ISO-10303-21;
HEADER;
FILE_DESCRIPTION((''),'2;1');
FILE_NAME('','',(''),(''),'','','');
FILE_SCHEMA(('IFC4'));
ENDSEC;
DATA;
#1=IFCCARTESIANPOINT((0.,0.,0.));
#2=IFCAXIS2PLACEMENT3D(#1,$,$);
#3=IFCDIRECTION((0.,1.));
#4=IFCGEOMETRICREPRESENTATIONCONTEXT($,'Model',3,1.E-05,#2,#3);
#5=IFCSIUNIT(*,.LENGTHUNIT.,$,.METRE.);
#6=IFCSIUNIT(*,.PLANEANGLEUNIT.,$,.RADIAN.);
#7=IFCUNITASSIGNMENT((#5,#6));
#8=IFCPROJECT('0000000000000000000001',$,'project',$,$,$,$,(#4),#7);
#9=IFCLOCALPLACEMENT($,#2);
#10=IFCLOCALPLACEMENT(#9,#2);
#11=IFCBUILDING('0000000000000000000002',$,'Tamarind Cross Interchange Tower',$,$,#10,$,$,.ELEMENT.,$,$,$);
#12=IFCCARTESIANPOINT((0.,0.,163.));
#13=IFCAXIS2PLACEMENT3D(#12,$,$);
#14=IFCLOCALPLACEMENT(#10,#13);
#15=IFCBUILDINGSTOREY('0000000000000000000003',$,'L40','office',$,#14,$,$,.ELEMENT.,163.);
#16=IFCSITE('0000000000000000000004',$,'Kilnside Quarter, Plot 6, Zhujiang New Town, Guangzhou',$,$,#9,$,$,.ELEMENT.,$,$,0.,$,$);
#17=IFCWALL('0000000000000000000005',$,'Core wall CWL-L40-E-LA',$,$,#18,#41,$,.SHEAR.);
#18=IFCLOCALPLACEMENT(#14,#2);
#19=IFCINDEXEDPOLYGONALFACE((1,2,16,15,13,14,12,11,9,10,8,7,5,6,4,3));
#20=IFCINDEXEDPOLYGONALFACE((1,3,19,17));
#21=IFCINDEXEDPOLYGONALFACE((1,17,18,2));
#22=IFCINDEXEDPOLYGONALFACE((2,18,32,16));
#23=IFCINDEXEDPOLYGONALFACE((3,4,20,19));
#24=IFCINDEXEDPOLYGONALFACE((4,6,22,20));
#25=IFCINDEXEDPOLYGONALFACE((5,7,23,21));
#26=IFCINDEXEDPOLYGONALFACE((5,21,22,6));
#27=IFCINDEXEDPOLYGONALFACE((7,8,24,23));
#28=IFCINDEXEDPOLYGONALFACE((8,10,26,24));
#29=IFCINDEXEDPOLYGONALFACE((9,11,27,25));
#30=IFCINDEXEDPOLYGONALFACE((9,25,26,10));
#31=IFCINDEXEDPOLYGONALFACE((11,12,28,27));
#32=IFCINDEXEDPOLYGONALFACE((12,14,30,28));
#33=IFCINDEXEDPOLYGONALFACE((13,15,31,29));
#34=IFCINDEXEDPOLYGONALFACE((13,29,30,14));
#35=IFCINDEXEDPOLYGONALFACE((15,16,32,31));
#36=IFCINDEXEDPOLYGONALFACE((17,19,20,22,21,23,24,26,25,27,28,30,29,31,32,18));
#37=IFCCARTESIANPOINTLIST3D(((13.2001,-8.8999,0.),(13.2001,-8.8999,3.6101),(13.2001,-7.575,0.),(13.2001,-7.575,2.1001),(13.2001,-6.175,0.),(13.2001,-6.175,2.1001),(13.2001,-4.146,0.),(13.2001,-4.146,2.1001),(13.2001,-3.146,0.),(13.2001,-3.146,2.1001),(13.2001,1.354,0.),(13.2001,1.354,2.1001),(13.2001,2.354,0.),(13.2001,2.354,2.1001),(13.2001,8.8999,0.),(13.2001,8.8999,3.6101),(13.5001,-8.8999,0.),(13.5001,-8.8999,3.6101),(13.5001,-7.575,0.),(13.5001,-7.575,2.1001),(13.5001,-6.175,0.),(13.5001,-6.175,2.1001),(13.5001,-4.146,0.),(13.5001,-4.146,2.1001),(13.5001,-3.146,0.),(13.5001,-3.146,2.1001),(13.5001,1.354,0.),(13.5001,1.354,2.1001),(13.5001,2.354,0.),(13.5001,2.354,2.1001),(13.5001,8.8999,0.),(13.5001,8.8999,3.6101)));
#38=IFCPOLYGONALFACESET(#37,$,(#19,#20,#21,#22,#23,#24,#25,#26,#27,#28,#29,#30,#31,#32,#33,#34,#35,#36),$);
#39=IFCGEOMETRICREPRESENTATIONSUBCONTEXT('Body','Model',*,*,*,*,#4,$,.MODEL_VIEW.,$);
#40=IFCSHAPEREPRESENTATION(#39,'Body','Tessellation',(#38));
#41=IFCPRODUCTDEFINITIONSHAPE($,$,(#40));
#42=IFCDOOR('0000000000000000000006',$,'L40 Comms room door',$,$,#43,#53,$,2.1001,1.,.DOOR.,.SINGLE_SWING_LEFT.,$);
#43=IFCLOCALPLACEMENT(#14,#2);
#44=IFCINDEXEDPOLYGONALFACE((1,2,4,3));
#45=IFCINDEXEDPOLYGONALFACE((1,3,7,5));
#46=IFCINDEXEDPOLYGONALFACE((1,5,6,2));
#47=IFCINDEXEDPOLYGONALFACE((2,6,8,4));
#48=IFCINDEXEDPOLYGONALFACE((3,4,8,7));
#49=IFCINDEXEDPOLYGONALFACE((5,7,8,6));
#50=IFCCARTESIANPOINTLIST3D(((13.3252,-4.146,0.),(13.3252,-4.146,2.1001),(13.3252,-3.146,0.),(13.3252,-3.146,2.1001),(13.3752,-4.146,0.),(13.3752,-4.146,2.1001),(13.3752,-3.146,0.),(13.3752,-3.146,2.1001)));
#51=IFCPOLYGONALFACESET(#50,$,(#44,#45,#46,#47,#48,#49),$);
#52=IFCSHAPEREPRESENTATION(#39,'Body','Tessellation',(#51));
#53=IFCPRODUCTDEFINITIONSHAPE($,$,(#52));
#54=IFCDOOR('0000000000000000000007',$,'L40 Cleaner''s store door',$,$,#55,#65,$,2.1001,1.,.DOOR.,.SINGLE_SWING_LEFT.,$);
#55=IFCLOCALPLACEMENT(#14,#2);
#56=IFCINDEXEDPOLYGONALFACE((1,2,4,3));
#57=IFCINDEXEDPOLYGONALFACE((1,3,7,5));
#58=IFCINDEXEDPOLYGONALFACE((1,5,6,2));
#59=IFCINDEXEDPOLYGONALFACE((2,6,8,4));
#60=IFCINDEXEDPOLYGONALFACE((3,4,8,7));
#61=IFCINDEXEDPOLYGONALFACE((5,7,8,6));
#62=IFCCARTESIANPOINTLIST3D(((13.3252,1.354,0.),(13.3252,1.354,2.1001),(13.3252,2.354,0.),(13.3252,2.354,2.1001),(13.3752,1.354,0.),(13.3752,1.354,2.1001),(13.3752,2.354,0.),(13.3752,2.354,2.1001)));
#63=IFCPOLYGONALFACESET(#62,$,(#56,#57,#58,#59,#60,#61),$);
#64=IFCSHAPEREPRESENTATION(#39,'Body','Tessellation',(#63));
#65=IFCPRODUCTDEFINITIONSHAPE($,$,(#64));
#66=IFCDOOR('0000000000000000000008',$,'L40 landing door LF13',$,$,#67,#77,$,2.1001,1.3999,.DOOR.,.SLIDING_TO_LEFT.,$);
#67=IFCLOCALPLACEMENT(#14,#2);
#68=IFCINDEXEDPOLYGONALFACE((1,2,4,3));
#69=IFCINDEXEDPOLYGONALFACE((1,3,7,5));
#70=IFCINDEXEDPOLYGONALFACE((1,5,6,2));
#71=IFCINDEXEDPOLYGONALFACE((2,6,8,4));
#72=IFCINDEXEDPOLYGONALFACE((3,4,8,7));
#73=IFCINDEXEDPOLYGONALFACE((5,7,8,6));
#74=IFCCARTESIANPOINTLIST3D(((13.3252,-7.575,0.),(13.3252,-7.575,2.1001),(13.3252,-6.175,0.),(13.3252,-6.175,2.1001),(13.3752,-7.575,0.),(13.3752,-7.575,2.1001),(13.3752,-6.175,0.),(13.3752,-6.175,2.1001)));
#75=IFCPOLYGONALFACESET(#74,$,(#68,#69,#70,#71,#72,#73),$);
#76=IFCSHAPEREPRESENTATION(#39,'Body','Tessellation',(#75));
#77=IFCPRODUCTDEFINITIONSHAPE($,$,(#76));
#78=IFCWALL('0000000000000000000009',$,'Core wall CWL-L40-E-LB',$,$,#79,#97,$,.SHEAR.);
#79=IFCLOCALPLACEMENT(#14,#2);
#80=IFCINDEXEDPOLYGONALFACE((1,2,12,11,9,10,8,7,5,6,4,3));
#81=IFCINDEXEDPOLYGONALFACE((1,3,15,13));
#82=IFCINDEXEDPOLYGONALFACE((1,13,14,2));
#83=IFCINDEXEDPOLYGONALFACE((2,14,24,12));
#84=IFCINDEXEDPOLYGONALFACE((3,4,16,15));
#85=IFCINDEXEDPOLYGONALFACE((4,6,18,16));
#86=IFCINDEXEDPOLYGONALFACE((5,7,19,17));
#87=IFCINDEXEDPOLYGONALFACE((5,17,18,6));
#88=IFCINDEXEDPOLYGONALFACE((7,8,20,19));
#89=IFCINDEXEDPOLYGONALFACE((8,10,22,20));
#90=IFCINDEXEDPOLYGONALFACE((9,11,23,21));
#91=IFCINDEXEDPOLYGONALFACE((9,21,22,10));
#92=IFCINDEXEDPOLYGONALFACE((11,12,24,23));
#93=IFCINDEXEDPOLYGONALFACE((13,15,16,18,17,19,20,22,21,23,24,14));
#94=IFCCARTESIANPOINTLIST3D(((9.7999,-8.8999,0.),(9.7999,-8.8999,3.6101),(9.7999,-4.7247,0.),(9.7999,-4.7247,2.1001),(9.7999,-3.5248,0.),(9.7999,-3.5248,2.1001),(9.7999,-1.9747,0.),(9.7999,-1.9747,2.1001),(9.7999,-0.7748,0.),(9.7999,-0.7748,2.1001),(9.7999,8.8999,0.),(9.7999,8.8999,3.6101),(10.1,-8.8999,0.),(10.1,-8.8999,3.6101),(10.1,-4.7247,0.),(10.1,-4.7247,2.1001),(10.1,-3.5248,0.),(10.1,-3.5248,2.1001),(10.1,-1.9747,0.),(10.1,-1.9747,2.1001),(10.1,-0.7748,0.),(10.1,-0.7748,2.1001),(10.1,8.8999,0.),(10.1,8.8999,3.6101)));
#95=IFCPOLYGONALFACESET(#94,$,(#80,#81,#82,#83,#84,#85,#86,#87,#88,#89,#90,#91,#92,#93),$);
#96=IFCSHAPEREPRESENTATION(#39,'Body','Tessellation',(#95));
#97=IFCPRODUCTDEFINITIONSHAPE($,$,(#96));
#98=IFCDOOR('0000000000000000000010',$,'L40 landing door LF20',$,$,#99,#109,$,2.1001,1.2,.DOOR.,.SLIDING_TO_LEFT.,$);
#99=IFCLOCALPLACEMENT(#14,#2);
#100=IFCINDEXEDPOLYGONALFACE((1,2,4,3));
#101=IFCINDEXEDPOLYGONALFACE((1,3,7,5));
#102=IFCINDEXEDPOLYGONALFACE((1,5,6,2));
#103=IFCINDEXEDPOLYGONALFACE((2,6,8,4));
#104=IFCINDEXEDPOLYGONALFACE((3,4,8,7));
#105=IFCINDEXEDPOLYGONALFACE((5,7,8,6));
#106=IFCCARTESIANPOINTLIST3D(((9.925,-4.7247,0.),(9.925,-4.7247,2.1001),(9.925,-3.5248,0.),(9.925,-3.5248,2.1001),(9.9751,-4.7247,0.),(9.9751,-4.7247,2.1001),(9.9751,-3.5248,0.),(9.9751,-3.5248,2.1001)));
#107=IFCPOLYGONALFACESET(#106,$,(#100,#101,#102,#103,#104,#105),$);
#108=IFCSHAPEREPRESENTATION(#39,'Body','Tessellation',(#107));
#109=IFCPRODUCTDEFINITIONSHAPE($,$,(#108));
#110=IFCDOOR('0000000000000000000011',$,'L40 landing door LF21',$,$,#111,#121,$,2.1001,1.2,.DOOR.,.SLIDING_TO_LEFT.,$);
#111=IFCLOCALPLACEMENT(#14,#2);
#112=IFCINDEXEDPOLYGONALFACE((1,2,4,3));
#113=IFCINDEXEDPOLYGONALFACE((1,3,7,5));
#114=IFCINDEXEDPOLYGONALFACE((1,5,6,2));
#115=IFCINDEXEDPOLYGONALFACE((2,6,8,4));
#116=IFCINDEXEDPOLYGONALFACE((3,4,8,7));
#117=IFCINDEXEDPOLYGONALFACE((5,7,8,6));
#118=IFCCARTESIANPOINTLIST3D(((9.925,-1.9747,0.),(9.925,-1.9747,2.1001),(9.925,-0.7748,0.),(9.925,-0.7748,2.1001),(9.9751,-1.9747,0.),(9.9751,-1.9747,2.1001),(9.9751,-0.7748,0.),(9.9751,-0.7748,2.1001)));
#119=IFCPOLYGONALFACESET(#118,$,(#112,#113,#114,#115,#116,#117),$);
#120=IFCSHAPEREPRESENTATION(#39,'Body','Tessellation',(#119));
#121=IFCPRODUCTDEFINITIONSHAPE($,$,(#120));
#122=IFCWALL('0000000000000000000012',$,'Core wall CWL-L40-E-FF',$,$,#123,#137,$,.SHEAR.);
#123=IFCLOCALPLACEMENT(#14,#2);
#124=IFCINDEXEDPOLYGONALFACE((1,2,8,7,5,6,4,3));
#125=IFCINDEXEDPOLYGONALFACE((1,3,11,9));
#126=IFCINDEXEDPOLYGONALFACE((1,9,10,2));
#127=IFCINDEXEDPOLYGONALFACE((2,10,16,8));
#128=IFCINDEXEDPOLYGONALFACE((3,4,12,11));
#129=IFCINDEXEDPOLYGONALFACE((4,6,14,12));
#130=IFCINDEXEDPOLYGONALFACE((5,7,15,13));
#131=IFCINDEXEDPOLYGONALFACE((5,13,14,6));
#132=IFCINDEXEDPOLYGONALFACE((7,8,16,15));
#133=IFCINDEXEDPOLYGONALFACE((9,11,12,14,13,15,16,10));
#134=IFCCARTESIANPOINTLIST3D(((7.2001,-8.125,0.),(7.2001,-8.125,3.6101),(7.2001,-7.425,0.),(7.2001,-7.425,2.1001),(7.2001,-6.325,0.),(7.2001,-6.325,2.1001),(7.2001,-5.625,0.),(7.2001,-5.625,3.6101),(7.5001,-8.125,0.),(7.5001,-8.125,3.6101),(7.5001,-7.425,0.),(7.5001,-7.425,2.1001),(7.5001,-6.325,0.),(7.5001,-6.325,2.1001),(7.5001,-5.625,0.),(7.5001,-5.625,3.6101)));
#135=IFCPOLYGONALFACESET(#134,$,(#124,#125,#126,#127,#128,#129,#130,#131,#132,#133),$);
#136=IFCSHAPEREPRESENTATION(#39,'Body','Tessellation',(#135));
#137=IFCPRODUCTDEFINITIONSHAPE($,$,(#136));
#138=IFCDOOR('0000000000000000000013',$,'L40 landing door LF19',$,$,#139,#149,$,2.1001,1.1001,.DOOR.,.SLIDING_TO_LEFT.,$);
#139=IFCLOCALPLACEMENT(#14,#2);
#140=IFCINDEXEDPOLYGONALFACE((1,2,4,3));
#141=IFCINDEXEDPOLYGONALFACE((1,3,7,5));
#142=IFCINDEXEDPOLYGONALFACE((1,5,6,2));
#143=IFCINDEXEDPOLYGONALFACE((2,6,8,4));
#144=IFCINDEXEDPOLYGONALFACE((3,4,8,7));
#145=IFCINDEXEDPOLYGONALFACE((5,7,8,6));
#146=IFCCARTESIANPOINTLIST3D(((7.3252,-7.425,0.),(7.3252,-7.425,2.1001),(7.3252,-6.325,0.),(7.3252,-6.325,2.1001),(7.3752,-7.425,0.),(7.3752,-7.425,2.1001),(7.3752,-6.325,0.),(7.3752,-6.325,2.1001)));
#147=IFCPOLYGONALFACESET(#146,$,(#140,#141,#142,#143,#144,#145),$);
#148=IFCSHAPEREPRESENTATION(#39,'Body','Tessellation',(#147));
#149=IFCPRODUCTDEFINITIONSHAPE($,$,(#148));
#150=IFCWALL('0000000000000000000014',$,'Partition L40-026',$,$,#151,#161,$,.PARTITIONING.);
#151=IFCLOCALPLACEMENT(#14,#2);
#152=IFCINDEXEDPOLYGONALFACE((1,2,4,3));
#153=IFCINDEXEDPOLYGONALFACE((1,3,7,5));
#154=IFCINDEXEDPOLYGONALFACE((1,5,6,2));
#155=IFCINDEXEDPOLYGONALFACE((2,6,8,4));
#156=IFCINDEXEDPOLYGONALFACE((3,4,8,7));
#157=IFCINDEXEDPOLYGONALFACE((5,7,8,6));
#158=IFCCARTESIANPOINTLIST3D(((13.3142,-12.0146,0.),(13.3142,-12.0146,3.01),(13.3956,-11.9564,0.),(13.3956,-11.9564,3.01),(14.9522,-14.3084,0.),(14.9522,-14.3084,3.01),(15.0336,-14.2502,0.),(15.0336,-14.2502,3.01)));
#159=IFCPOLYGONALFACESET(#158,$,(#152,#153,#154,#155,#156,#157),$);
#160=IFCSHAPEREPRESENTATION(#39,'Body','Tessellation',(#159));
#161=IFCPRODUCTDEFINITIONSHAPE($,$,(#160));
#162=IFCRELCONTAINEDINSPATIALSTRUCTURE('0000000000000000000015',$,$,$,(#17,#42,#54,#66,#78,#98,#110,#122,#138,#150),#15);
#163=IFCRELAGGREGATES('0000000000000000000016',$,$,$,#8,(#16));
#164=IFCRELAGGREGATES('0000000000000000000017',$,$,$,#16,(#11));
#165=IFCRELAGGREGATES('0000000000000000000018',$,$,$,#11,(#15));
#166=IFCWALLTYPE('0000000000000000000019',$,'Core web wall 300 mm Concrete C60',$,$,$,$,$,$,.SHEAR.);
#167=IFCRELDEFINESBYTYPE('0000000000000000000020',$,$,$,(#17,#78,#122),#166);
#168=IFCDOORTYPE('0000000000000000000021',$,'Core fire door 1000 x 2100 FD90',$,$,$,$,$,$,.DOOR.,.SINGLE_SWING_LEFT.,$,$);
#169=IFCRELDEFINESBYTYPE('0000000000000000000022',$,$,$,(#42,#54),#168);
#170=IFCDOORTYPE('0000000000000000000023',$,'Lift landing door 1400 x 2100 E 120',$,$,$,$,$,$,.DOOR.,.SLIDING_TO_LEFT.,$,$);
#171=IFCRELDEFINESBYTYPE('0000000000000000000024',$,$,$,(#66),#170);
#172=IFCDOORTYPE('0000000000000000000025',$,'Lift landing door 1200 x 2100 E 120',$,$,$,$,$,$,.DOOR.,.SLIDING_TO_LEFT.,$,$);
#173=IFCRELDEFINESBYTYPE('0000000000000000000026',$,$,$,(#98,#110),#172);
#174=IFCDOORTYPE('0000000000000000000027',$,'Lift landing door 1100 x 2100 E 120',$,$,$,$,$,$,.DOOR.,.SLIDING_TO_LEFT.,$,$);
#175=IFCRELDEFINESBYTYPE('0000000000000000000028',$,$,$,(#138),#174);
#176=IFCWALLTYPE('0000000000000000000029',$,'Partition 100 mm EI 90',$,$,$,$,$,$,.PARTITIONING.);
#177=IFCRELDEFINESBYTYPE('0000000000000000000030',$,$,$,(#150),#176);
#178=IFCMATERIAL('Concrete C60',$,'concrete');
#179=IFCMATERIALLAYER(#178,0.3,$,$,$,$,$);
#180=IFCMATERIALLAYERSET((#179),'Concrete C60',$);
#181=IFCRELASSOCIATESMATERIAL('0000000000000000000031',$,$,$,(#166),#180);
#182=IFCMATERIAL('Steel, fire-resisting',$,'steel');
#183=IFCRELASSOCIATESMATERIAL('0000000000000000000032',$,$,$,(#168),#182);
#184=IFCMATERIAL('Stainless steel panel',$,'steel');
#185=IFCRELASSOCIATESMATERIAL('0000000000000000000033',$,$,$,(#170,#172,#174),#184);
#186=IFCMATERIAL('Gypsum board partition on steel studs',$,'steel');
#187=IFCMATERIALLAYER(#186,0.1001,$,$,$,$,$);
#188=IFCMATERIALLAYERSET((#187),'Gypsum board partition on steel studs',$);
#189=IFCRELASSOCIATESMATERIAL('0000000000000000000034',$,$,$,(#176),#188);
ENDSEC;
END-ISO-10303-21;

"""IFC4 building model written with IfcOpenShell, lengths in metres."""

from ifc_helpers import new_model, si_unit, direction, frame, frame_2d, origin, place, context, subcontext, project, spatial, rectangle, extrude, material, layer, layer_set, type_object, element, fill, save


model = new_model("IFC4")

# Units and contexts
model_context = context("Model", 3, precision=1e-05, world=origin(), true_north=direction((0.0, 1.0)))
body_context = subcontext(model_context, "Body", "Model", "MODEL_VIEW")
ifc_project = project(units=[si_unit("LENGTHUNIT", "METRE"), si_unit("PLANEANGLEUNIT", "RADIAN")], contexts=[model_context])

# Site, building, storey
site_placement = place(None, origin())
site = spatial("IfcSite", under=ifc_project, at=site_placement, Name="Kilnside Quarter, Plot 6, Zhujiang New Town, Guangzhou", CompositionType="ELEMENT", RefElevation=0.0)
building_placement = place(site_placement, origin())
building = spatial("IfcBuilding", under=site, at=building_placement, Name="Tamarind Cross Interchange Tower", CompositionType="ELEMENT")
storey_placement = place(building_placement, frame((0.0, 0.0, 163.0)))
storey = spatial("IfcBuildingStorey", under=building, at=storey_placement, Name="L40", Description="office", CompositionType="ELEMENT", Elevation=163.0)

# Shared definitions
ifc_material_1 = material(Name="Concrete C60", Category="concrete")
ifc_material_2 = material(Name="Steel, fire-resisting", Category="steel")

# Shared definitions
ifc_layer_1 = layer(ifc_material_1, 0.3)
ifc_layer_set_1 = layer_set([ifc_layer_1], Name="Concrete C60")
wall_type_1 = type_object("IfcWallType", Name="Core web wall 300 mm Concrete C60", PredefinedType="SHEAR", material=ifc_layer_set_1)

# Walls, openings, doors
wall_1_placement = place(storey_placement, frame((13.3501, -8.8999, 0.0), z_axis=(0.0, 0.0, 1.0), x_axis=(0.0, 1.0, 0.0)))
wall_1 = element("IfcWall", 1, at=wall_1_placement, inside=storey, type_object=wall_type_1, Name="Core wall CWL-L40-E-LA", PredefinedType="SHEAR", context=body_context, shape_type="SweptSolid", body=[
    extrude(rectangle(XDim=17.7998, YDim=0.3, at=frame_2d((8.8999, 0.0))), origin(), (0.0, 0.0, 1.0), 3.6101),
])
opening_1_placement = place(wall_1_placement, frame((1.325, 0.0, 0.0)))
opening_1 = element("IfcOpeningElement", 2, at=opening_1_placement, cuts=wall_1, PredefinedType="OPENING", context=body_context, shape_type="SweptSolid", body=[
    extrude(rectangle(XDim=1.3999, YDim=2.1001, at=frame_2d((0.7, 1.05))), frame((0.0, 0.1599, 0.0), z_axis=(0.0, -1.0, 0.0), x_axis=(1.0, 0.0, 0.0)), (0.0, 0.0, 1.0), 0.3201),
])
opening_2_placement = place(wall_1_placement, frame((4.7539, 0.0, 0.0)))
opening_2 = element("IfcOpeningElement", 3, at=opening_2_placement, cuts=wall_1, PredefinedType="OPENING", context=body_context, shape_type="SweptSolid", body=[
    extrude(rectangle(XDim=1.0, YDim=2.1001, at=frame_2d((0.5, 1.05))), frame((0.0, 0.1599, 0.0), z_axis=(0.0, -1.0, 0.0), x_axis=(1.0, 0.0, 0.0)), (0.0, 0.0, 1.0), 0.3201),
])
opening_3_placement = place(wall_1_placement, frame((10.2539, 0.0, 0.0)))
opening_3 = element("IfcOpeningElement", 4, at=opening_3_placement, cuts=wall_1, PredefinedType="OPENING", context=body_context, shape_type="SweptSolid", body=[
    extrude(rectangle(XDim=1.0, YDim=2.1001, at=frame_2d((0.5, 1.05))), frame((0.0, 0.1599, 0.0), z_axis=(0.0, -1.0, 0.0), x_axis=(1.0, 0.0, 0.0)), (0.0, 0.0, 1.0), 0.3201),
])
door_type_1 = type_object("IfcDoorType", Name="Core fire door 1000 x 2100 FD90", OperationType="SINGLE_SWING_LEFT", PredefinedType="DOOR", material=ifc_material_2)
door_1_placement = place(opening_2_placement, origin())
door_1 = element("IfcDoor", 5, at=door_1_placement, inside=storey, type_object=door_type_1, Name="L40 Comms room door", OperationType="SINGLE_SWING_LEFT", OverallHeight=2.1001, OverallWidth=1.0, PredefinedType="DOOR", context=body_context, shape_type="SweptSolid", body=[
    extrude(rectangle(XDim=1.0, YDim=2.1001, at=frame_2d((0.5, 1.05))), frame((0.0, 0.0249, 0.0), z_axis=(0.0, -1.0, 0.0), x_axis=(1.0, 0.0, 0.0)), (0.0, 0.0, 1.0), 0.05),
])
fill(opening_2, door_1)
door_2_placement = place(opening_3_placement, origin())
door_2 = element("IfcDoor", 6, at=door_2_placement, inside=storey, type_object=door_type_1, Name="L40 Cleaner's store door", OperationType="SINGLE_SWING_LEFT", OverallHeight=2.1001, OverallWidth=1.0, PredefinedType="DOOR", context=body_context, shape_type="SweptSolid", body=[
    extrude(rectangle(XDim=1.0, YDim=2.1001, at=frame_2d((0.5, 1.05))), frame((0.0, 0.0249, 0.0), z_axis=(0.0, -1.0, 0.0), x_axis=(1.0, 0.0, 0.0)), (0.0, 0.0, 1.0), 0.05),
])
fill(opening_3, door_2)
ifc_material_3 = material(Name="Stainless steel panel", Category="steel")
door_type_2 = type_object("IfcDoorType", Name="Lift landing door 1400 x 2100 E 120", OperationType="SLIDING_TO_LEFT", PredefinedType="DOOR", material=ifc_material_3)
door_3_placement = place(opening_1_placement, origin())
door_3 = element("IfcDoor", 7, at=door_3_placement, inside=storey, type_object=door_type_2, Name="L40 landing door LF13", OperationType="SLIDING_TO_LEFT", OverallHeight=2.1001, OverallWidth=1.3999, PredefinedType="DOOR", context=body_context, shape_type="SweptSolid", body=[
    extrude(rectangle(XDim=1.3999, YDim=2.1001, at=frame_2d((0.7, 1.05))), frame((0.0, 0.0249, 0.0), z_axis=(0.0, -1.0, 0.0), x_axis=(1.0, 0.0, 0.0)), (0.0, 0.0, 1.0), 0.05),
])
fill(opening_1, door_3)
wall_2_placement = place(storey_placement, frame((9.95, -8.8999, 0.0), z_axis=(0.0, 0.0, 1.0), x_axis=(0.0, 1.0, 0.0)))
wall_2 = element("IfcWall", 8, at=wall_2_placement, inside=storey, type_object=wall_type_1, Name="Core wall CWL-L40-E-LB", PredefinedType="SHEAR", context=body_context, shape_type="SweptSolid", body=[
    extrude(rectangle(XDim=17.7998, YDim=0.3, at=frame_2d((8.8999, 0.0))), origin(), (0.0, 0.0, 1.0), 3.6101),
])
opening_4_placement = place(wall_2_placement, frame((4.175, 0.0, 0.0)))
opening_4 = element("IfcOpeningElement", 9, at=opening_4_placement, cuts=wall_2, PredefinedType="OPENING", context=body_context, shape_type="SweptSolid", body=[
    extrude(rectangle(XDim=1.2, YDim=2.1001, at=frame_2d((0.6001, 1.05))), frame((0.0, 0.1599, 0.0), z_axis=(0.0, -1.0, 0.0), x_axis=(1.0, 0.0, 0.0)), (0.0, 0.0, 1.0), 0.3201),
])
opening_5_placement = place(wall_2_placement, frame((6.925, 0.0, 0.0)))
opening_5 = element("IfcOpeningElement", 10, at=opening_5_placement, cuts=wall_2, PredefinedType="OPENING", context=body_context, shape_type="SweptSolid", body=[
    extrude(rectangle(XDim=1.2, YDim=2.1001, at=frame_2d((0.6001, 1.05))), frame((0.0, 0.1599, 0.0), z_axis=(0.0, -1.0, 0.0), x_axis=(1.0, 0.0, 0.0)), (0.0, 0.0, 1.0), 0.3201),
])
door_type_3 = type_object("IfcDoorType", Name="Lift landing door 1200 x 2100 E 120", OperationType="SLIDING_TO_LEFT", PredefinedType="DOOR", material=ifc_material_3)
door_4_placement = place(opening_4_placement, origin())
door_4 = element("IfcDoor", 11, at=door_4_placement, inside=storey, type_object=door_type_3, Name="L40 landing door LF20", OperationType="SLIDING_TO_LEFT", OverallHeight=2.1001, OverallWidth=1.2, PredefinedType="DOOR", context=body_context, shape_type="SweptSolid", body=[
    extrude(rectangle(XDim=1.2, YDim=2.1001, at=frame_2d((0.6001, 1.05))), frame((0.0, 0.0249, 0.0), z_axis=(0.0, -1.0, 0.0), x_axis=(1.0, 0.0, 0.0)), (0.0, 0.0, 1.0), 0.05),
])
fill(opening_4, door_4)
door_5_placement = place(opening_5_placement, origin())
door_5 = element("IfcDoor", 12, at=door_5_placement, inside=storey, type_object=door_type_3, Name="L40 landing door LF21", OperationType="SLIDING_TO_LEFT", OverallHeight=2.1001, OverallWidth=1.2, PredefinedType="DOOR", context=body_context, shape_type="SweptSolid", body=[
    extrude(rectangle(XDim=1.2, YDim=2.1001, at=frame_2d((0.6001, 1.05))), frame((0.0, 0.0249, 0.0), z_axis=(0.0, -1.0, 0.0), x_axis=(1.0, 0.0, 0.0)), (0.0, 0.0, 1.0), 0.05),
])
fill(opening_5, door_5)

# Wall, opening, door
wall_3_placement = place(storey_placement, frame((7.3501, -8.125, 0.0), z_axis=(0.0, 0.0, 1.0), x_axis=(0.0, 1.0, 0.0)))
wall_3 = element("IfcWall", 13, at=wall_3_placement, inside=storey, type_object=wall_type_1, Name="Core wall CWL-L40-E-FF", PredefinedType="SHEAR", context=body_context, shape_type="SweptSolid", body=[
    extrude(rectangle(XDim=2.5, YDim=0.3, at=frame_2d((1.25, 0.0))), origin(), (0.0, 0.0, 1.0), 3.6101),
])
opening_6_placement = place(wall_3_placement, frame((0.7, 0.0, 0.0)))
opening_6 = element("IfcOpeningElement", 14, at=opening_6_placement, cuts=wall_3, PredefinedType="OPENING", context=body_context, shape_type="SweptSolid", body=[
    extrude(rectangle(XDim=1.1001, YDim=2.1001, at=frame_2d((0.55, 1.05))), frame((0.0, 0.1599, 0.0), z_axis=(0.0, -1.0, 0.0), x_axis=(1.0, 0.0, 0.0)), (0.0, 0.0, 1.0), 0.3201),
])
door_type_4 = type_object("IfcDoorType", Name="Lift landing door 1100 x 2100 E 120", OperationType="SLIDING_TO_LEFT", PredefinedType="DOOR", material=ifc_material_3)
door_6_placement = place(opening_6_placement, origin())
door_6 = element("IfcDoor", 15, at=door_6_placement, inside=storey, type_object=door_type_4, Name="L40 landing door LF19", OperationType="SLIDING_TO_LEFT", OverallHeight=2.1001, OverallWidth=1.1001, PredefinedType="DOOR", context=body_context, shape_type="SweptSolid", body=[
    extrude(rectangle(XDim=1.1001, YDim=2.1001, at=frame_2d((0.55, 1.05))), frame((0.0, 0.0249, 0.0), z_axis=(0.0, -1.0, 0.0), x_axis=(1.0, 0.0, 0.0)), (0.0, 0.0, 1.0), 0.05),
])
fill(opening_6, door_6)

# Wall
ifc_material_4 = material(Name="Gypsum board partition on steel studs", Category="steel")
ifc_layer_2 = layer(ifc_material_4, 0.1001)
ifc_layer_set_2 = layer_set([ifc_layer_2], Name="Gypsum board partition on steel studs")
wall_type_2 = type_object("IfcWallType", Name="Partition 100 mm EI 90", PredefinedType="PARTITIONING", material=ifc_layer_set_2)
wall_4_placement = place(storey_placement, frame((13.355, -11.9856, 0.0), z_axis=(0.0, 0.0, 1.0), x_axis=(0.58114, -0.813804, 0.0)))
element("IfcWall", 16, at=wall_4_placement, inside=storey, type_object=wall_type_2, Name="Partition L40-026", PredefinedType="PARTITIONING", context=body_context, shape_type="SweptSolid", body=[
    extrude(rectangle(XDim=2.8186, YDim=0.1001, at=frame_2d((1.4092, 0.0))), origin(), (0.0, 0.0, 1.0), 3.01),
])

save(model, "model.ifc")
